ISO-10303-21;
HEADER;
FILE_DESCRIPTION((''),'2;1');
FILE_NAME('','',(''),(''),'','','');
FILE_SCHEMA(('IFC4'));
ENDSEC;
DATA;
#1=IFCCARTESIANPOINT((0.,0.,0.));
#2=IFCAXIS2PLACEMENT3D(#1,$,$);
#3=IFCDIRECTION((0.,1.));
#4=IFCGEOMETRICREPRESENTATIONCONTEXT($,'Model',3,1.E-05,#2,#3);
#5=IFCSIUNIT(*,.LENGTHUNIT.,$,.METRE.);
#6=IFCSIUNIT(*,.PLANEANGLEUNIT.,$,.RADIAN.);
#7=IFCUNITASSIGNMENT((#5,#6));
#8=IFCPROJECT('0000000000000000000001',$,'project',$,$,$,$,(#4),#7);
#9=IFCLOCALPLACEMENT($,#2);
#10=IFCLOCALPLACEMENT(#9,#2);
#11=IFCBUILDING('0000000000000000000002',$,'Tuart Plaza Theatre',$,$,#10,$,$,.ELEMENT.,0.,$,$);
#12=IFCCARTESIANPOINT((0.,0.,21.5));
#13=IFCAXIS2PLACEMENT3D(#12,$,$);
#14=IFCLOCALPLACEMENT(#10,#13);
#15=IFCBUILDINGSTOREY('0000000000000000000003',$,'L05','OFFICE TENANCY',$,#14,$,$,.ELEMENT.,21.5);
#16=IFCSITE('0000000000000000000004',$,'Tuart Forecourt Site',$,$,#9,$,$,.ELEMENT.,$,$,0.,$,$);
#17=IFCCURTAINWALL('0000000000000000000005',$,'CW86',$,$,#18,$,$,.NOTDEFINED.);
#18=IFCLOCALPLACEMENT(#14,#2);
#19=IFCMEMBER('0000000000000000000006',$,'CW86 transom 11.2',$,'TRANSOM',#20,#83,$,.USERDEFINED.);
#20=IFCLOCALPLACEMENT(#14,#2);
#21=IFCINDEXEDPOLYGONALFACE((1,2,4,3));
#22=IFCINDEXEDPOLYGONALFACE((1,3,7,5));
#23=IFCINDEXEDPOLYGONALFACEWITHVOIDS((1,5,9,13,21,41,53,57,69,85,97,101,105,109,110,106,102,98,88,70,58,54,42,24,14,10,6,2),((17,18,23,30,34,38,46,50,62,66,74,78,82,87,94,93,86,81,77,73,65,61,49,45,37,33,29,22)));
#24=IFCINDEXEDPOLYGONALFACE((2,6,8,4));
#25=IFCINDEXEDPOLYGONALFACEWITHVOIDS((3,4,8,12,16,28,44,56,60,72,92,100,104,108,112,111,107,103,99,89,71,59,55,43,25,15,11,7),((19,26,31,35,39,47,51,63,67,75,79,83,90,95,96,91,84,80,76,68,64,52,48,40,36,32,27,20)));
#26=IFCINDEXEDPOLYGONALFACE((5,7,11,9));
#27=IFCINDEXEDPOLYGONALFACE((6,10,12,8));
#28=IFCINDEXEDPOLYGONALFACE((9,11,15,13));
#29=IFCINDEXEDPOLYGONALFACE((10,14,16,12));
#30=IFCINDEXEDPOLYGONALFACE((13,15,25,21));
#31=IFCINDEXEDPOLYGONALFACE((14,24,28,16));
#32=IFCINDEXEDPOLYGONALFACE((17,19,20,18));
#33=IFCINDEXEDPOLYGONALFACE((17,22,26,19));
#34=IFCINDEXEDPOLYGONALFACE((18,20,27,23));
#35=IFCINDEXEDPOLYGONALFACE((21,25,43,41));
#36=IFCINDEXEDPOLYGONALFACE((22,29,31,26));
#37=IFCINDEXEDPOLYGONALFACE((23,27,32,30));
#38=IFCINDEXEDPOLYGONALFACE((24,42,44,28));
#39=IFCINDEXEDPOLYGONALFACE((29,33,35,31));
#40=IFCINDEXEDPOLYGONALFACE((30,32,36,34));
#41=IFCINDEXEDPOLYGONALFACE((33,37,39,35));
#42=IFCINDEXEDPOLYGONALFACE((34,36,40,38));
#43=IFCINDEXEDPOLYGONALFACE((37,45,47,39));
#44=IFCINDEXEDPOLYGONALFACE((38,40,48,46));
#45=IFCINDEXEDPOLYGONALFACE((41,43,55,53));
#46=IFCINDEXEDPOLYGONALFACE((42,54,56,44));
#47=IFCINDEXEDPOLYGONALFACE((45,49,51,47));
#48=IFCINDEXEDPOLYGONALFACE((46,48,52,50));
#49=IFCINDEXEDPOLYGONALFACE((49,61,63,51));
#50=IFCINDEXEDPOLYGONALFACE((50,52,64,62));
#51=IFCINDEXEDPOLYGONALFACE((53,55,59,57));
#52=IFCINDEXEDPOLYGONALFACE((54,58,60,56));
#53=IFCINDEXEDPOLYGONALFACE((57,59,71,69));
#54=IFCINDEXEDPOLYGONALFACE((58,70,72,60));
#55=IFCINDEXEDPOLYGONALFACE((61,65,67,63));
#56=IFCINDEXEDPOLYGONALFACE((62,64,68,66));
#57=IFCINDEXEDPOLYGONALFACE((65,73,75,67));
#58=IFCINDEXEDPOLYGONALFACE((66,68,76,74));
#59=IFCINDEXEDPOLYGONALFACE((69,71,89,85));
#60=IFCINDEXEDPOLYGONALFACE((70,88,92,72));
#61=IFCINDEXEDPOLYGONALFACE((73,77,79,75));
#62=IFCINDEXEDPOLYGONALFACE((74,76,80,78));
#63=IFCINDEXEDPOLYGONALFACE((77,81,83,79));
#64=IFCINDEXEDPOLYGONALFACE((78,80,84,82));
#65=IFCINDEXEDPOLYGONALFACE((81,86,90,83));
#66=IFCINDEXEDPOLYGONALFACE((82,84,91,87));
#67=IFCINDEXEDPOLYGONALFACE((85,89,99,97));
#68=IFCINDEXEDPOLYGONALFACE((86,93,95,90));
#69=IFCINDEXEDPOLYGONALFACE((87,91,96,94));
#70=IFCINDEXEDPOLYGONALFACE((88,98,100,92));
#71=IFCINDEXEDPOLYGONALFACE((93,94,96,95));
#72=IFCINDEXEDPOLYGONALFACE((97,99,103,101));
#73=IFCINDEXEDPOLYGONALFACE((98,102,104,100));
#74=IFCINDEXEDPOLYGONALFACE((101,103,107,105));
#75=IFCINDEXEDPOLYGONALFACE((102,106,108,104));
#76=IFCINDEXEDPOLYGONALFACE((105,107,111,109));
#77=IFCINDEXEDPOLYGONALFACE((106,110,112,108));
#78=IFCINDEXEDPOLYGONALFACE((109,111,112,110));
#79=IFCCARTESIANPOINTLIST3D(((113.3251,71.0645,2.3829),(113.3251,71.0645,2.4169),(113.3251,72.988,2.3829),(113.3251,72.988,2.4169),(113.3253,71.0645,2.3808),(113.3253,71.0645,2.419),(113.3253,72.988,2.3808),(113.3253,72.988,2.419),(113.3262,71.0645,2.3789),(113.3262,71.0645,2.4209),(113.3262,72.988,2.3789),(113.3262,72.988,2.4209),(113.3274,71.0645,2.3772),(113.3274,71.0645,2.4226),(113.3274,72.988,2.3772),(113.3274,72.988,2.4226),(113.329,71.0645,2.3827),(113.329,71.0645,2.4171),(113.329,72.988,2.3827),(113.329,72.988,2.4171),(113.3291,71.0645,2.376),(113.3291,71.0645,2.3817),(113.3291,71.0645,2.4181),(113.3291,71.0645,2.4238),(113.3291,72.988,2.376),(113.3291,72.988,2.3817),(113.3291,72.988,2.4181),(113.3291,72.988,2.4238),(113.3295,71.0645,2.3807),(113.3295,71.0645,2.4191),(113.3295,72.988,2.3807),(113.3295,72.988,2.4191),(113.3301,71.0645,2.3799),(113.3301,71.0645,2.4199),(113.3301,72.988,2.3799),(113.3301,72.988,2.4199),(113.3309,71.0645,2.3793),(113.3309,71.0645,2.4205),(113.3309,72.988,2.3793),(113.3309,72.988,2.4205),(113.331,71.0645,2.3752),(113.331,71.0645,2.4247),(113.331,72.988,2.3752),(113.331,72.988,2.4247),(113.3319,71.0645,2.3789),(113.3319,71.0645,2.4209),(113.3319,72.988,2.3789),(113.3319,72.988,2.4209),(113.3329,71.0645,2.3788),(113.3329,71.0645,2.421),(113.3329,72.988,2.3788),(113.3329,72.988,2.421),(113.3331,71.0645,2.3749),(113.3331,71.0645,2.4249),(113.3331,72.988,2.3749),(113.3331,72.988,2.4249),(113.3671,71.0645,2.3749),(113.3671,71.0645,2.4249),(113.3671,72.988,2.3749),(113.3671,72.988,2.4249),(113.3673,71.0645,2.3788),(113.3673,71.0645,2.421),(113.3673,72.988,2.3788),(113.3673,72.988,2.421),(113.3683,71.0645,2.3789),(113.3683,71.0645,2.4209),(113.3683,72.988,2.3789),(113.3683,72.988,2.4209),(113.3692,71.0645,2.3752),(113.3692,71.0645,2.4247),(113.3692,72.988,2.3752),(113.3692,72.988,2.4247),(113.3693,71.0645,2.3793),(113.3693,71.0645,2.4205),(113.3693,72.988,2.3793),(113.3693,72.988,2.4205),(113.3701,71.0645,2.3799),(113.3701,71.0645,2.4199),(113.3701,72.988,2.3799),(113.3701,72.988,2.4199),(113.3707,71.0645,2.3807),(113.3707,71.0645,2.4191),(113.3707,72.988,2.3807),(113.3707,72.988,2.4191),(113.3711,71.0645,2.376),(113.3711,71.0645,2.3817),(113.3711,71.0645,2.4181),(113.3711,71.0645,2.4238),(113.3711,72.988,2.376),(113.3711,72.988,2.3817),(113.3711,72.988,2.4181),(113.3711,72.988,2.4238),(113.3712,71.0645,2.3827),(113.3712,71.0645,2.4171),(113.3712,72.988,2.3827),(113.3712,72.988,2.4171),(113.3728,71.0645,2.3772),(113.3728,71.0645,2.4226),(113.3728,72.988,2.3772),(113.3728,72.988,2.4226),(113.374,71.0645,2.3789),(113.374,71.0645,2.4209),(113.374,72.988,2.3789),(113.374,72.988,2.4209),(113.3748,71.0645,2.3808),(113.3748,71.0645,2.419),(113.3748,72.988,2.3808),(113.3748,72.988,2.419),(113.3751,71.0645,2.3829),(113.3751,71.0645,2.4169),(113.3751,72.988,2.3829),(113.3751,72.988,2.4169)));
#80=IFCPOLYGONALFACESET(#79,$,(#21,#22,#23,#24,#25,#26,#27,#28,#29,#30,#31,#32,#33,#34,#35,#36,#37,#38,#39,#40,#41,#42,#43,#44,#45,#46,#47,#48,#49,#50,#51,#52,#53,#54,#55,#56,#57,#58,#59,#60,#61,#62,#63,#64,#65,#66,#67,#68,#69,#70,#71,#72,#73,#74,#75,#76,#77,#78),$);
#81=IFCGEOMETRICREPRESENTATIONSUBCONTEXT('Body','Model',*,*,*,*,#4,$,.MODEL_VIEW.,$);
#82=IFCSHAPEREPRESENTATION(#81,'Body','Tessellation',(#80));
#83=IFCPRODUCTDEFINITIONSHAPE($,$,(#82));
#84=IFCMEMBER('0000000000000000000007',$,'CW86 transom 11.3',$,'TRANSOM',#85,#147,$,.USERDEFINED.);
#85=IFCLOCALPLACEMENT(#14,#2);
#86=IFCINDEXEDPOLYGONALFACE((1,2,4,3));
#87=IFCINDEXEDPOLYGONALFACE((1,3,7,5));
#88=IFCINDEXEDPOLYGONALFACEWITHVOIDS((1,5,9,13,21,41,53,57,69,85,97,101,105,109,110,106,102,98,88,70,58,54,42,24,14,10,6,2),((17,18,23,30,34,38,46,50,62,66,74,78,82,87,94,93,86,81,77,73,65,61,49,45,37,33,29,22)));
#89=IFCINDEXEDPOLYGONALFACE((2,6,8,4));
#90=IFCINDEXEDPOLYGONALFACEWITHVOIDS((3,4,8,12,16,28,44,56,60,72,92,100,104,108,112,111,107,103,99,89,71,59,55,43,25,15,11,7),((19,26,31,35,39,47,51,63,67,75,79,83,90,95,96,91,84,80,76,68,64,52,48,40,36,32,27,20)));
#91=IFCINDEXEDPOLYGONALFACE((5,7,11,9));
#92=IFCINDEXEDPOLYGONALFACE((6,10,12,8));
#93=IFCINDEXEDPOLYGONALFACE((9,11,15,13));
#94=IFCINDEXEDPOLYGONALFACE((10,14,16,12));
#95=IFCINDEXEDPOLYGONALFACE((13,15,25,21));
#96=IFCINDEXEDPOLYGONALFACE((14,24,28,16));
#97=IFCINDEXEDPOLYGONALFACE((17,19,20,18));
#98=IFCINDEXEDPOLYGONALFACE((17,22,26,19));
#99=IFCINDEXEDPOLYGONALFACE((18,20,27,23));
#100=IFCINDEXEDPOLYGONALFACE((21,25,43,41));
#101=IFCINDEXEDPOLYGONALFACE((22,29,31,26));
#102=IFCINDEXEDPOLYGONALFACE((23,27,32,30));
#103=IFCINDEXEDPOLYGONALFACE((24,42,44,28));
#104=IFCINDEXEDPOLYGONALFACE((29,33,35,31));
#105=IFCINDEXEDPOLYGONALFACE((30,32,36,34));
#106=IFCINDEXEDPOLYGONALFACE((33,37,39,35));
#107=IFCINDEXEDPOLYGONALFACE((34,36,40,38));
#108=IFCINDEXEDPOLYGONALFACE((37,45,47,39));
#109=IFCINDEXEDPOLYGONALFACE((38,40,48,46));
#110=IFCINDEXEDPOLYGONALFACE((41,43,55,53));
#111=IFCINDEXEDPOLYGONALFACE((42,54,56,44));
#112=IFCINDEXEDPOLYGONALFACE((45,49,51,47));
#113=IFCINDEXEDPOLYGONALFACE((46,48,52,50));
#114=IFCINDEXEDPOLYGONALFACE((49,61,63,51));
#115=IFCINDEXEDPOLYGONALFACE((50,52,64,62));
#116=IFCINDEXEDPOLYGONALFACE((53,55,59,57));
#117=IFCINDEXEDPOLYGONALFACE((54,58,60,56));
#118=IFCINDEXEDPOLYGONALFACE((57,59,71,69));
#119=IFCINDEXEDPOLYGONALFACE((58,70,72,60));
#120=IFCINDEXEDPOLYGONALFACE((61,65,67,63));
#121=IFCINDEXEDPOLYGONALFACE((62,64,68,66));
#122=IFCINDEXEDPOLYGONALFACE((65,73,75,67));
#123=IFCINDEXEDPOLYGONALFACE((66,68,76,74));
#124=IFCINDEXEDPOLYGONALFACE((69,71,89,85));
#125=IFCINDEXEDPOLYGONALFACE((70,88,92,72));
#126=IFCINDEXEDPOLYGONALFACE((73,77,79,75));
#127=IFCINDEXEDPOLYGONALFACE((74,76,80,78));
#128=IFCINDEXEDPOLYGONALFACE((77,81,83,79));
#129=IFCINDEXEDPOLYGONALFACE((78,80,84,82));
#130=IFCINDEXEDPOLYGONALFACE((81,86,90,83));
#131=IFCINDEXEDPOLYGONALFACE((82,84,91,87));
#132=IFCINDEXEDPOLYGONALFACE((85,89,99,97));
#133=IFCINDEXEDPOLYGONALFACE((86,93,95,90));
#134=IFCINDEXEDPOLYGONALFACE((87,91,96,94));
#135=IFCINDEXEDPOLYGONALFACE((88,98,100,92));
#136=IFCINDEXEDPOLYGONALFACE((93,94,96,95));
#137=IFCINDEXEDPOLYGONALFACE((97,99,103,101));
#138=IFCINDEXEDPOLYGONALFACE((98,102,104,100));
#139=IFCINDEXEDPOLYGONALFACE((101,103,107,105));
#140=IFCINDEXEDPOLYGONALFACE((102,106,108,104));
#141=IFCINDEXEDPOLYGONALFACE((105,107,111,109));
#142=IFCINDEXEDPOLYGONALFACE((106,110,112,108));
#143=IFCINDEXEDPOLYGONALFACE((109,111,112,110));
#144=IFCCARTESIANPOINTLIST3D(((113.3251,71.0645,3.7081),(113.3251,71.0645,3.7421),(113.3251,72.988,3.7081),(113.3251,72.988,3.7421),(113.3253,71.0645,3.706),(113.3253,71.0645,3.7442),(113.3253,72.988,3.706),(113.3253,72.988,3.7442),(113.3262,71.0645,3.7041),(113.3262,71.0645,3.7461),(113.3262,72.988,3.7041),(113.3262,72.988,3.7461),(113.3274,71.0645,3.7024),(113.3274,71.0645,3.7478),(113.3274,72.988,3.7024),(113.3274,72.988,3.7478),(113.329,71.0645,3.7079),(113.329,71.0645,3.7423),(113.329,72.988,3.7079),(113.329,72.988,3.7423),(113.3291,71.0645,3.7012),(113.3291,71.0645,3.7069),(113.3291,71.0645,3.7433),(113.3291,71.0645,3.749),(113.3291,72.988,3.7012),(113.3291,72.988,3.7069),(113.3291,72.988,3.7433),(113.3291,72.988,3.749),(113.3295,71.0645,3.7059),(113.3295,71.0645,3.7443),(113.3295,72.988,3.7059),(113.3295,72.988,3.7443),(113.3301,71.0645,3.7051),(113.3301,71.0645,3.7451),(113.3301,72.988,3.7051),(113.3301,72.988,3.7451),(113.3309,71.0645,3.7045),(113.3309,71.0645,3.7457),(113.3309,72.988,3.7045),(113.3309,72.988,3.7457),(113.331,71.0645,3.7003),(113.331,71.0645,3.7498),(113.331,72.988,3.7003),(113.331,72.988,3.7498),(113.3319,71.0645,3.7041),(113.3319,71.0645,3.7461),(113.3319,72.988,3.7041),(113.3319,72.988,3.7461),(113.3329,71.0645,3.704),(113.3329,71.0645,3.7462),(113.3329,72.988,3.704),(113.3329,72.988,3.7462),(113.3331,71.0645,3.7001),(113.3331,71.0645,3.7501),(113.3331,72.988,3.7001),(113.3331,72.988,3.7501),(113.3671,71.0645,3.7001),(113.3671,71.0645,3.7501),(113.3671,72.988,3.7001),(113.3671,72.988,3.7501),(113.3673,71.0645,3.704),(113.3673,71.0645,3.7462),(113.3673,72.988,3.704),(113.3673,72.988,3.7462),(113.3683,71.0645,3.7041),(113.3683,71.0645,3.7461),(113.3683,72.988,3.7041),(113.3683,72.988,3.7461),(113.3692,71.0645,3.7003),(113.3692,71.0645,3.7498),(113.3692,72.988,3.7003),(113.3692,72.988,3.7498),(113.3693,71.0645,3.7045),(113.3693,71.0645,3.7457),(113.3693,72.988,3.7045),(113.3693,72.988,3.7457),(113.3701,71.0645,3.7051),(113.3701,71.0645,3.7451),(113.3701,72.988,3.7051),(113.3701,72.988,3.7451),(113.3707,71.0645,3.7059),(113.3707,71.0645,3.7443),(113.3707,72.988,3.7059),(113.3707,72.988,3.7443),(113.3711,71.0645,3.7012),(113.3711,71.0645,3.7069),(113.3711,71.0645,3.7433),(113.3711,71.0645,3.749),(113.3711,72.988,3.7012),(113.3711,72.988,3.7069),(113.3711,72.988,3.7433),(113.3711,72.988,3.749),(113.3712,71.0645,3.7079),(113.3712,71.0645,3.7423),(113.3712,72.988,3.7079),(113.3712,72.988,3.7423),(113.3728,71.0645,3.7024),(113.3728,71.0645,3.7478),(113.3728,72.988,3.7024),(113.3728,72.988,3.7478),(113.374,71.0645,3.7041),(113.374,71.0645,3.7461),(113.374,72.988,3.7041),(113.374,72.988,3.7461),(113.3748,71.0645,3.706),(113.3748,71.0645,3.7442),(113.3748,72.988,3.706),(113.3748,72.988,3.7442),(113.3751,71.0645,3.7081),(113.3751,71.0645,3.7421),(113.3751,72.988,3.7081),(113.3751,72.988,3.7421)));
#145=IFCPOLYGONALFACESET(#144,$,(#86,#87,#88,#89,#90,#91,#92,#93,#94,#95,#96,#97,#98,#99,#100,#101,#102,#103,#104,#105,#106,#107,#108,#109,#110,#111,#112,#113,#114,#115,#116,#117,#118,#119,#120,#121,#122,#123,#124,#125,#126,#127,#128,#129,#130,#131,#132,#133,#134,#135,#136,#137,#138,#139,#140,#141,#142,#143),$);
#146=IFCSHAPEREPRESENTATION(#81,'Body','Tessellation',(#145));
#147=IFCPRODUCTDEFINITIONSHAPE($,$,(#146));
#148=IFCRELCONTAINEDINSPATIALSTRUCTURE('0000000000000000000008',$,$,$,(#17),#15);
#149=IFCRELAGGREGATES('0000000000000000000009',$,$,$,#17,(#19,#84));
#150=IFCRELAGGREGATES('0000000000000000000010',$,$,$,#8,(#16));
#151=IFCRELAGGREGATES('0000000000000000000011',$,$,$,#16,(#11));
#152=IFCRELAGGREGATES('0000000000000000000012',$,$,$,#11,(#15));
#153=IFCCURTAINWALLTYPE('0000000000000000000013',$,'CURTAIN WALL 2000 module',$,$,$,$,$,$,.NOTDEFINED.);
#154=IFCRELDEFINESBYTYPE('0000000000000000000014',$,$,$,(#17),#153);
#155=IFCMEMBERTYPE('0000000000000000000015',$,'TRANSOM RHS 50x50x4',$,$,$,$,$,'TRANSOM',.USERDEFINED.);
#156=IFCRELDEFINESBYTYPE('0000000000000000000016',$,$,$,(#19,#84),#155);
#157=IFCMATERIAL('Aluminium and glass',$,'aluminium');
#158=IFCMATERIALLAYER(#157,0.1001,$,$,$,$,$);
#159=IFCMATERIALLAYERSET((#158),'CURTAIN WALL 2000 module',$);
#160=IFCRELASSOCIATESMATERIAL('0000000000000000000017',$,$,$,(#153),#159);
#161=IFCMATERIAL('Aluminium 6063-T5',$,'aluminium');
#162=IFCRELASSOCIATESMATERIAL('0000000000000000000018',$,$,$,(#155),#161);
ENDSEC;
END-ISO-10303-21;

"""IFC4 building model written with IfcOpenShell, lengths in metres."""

from ifc_helpers import new_model, si_unit, direction, frame, origin, origin_2d, place, context, subcontext, project, spatial, hollow_rectangle, extrude, material, layer, layer_set, material_profile, profile_set, type_object, element, aggregate, save


model = new_model("IFC4")

# Units and contexts
model_context = context("Model", 3, precision=1e-05, world=origin(), true_north=direction((0.0, 1.0)))
body_context = subcontext(model_context, "Body", "Model", "MODEL_VIEW")
ifc_project = project(units=[si_unit("LENGTHUNIT", "METRE"), si_unit("PLANEANGLEUNIT", "RADIAN")], contexts=[model_context])

# Site, building, storey
site_placement = place(None, origin())
site = spatial("IfcSite", under=ifc_project, at=site_placement, Name="Tuart Forecourt Site", CompositionType="ELEMENT", RefElevation=0.0)
building_placement = place(site_placement, origin())
building = spatial("IfcBuilding", under=site, at=building_placement, Name="Tuart Plaza Theatre", CompositionType="ELEMENT", ElevationOfRefHeight=0.0)
storey_placement = place(building_placement, frame((0.0, 0.0, 21.5)))
storey = spatial("IfcBuildingStorey", under=building, at=storey_placement, Name="L05", Description="OFFICE TENANCY", CompositionType="ELEMENT", Elevation=21.5)

# Curtain wall, members
ifc_material_1 = material(Name="Aluminium and glass", Category="aluminium")
ifc_layer_1 = layer(ifc_material_1, 0.1001)
ifc_layer_set_1 = layer_set([ifc_layer_1], Name="CURTAIN WALL 2000 module")
curtain_wall_type = type_object("IfcCurtainWallType", Name="CURTAIN WALL 2000 module", PredefinedType="NOTDEFINED", material=ifc_layer_set_1)
curtain_wall_placement = place(storey_placement, origin())
curtain_wall = element("IfcCurtainWall", 1, at=curtain_wall_placement, inside=storey, type_object=curtain_wall_type, Name="CW86", PredefinedType="NOTDEFINED")
ifc_material_2 = material(Name="Aluminium 6063-T5", Category="aluminium")
ifc_material_profile_1 = material_profile(ifc_material_2, hollow_rectangle(XDim=0.05, YDim=0.05, WallThickness=0.0039, InnerFilletRadius=0.0039, OuterFilletRadius=0.0081, at=origin_2d()), Name="RHS 50x50x4")
ifc_profile_set_1 = profile_set([ifc_material_profile_1], Name="Aluminium 6063-T5")
member_type_1 = type_object("IfcMemberType", Name="TRANSOM RHS 50x50x4", ElementType="TRANSOM", PredefinedType="USERDEFINED", material=ifc_profile_set_1)
member_1_placement = place(storey_placement, frame((113.3501, 72.988, 2.3999), z_axis=(0.0, -1.0, 0.0), x_axis=(1.0, 0.0, 0.0)))
member_1 = element("IfcMember", 2, at=member_1_placement, type_object=member_type_1, Name="CW86 transom 11.2", ObjectType="TRANSOM", PredefinedType="USERDEFINED", context=body_context, shape_type="SweptSolid", body=[
    extrude(hollow_rectangle(XDim=0.05, YDim=0.05, WallThickness=0.0039, InnerFilletRadius=0.0039, OuterFilletRadius=0.0081, at=origin_2d()), origin(), (0.0, 0.0, 1.0), 1.9236),
])
member_2_placement = place(storey_placement, frame((113.3501, 72.988, 3.7251), z_axis=(0.0, -1.0, 0.0), x_axis=(1.0, 0.0, 0.0)))
member_2 = element("IfcMember", 3, at=member_2_placement, type_object=member_type_1, Name="CW86 transom 11.3", ObjectType="TRANSOM", PredefinedType="USERDEFINED", context=body_context, shape_type="SweptSolid", body=[
    extrude(hollow_rectangle(XDim=0.05, YDim=0.05, WallThickness=0.0039, InnerFilletRadius=0.0039, OuterFilletRadius=0.0081, at=origin_2d()), origin(), (0.0, 0.0, 1.0), 1.9236),
])
aggregate(curtain_wall, [member_1, member_2])

save(model, "model.ifc")
